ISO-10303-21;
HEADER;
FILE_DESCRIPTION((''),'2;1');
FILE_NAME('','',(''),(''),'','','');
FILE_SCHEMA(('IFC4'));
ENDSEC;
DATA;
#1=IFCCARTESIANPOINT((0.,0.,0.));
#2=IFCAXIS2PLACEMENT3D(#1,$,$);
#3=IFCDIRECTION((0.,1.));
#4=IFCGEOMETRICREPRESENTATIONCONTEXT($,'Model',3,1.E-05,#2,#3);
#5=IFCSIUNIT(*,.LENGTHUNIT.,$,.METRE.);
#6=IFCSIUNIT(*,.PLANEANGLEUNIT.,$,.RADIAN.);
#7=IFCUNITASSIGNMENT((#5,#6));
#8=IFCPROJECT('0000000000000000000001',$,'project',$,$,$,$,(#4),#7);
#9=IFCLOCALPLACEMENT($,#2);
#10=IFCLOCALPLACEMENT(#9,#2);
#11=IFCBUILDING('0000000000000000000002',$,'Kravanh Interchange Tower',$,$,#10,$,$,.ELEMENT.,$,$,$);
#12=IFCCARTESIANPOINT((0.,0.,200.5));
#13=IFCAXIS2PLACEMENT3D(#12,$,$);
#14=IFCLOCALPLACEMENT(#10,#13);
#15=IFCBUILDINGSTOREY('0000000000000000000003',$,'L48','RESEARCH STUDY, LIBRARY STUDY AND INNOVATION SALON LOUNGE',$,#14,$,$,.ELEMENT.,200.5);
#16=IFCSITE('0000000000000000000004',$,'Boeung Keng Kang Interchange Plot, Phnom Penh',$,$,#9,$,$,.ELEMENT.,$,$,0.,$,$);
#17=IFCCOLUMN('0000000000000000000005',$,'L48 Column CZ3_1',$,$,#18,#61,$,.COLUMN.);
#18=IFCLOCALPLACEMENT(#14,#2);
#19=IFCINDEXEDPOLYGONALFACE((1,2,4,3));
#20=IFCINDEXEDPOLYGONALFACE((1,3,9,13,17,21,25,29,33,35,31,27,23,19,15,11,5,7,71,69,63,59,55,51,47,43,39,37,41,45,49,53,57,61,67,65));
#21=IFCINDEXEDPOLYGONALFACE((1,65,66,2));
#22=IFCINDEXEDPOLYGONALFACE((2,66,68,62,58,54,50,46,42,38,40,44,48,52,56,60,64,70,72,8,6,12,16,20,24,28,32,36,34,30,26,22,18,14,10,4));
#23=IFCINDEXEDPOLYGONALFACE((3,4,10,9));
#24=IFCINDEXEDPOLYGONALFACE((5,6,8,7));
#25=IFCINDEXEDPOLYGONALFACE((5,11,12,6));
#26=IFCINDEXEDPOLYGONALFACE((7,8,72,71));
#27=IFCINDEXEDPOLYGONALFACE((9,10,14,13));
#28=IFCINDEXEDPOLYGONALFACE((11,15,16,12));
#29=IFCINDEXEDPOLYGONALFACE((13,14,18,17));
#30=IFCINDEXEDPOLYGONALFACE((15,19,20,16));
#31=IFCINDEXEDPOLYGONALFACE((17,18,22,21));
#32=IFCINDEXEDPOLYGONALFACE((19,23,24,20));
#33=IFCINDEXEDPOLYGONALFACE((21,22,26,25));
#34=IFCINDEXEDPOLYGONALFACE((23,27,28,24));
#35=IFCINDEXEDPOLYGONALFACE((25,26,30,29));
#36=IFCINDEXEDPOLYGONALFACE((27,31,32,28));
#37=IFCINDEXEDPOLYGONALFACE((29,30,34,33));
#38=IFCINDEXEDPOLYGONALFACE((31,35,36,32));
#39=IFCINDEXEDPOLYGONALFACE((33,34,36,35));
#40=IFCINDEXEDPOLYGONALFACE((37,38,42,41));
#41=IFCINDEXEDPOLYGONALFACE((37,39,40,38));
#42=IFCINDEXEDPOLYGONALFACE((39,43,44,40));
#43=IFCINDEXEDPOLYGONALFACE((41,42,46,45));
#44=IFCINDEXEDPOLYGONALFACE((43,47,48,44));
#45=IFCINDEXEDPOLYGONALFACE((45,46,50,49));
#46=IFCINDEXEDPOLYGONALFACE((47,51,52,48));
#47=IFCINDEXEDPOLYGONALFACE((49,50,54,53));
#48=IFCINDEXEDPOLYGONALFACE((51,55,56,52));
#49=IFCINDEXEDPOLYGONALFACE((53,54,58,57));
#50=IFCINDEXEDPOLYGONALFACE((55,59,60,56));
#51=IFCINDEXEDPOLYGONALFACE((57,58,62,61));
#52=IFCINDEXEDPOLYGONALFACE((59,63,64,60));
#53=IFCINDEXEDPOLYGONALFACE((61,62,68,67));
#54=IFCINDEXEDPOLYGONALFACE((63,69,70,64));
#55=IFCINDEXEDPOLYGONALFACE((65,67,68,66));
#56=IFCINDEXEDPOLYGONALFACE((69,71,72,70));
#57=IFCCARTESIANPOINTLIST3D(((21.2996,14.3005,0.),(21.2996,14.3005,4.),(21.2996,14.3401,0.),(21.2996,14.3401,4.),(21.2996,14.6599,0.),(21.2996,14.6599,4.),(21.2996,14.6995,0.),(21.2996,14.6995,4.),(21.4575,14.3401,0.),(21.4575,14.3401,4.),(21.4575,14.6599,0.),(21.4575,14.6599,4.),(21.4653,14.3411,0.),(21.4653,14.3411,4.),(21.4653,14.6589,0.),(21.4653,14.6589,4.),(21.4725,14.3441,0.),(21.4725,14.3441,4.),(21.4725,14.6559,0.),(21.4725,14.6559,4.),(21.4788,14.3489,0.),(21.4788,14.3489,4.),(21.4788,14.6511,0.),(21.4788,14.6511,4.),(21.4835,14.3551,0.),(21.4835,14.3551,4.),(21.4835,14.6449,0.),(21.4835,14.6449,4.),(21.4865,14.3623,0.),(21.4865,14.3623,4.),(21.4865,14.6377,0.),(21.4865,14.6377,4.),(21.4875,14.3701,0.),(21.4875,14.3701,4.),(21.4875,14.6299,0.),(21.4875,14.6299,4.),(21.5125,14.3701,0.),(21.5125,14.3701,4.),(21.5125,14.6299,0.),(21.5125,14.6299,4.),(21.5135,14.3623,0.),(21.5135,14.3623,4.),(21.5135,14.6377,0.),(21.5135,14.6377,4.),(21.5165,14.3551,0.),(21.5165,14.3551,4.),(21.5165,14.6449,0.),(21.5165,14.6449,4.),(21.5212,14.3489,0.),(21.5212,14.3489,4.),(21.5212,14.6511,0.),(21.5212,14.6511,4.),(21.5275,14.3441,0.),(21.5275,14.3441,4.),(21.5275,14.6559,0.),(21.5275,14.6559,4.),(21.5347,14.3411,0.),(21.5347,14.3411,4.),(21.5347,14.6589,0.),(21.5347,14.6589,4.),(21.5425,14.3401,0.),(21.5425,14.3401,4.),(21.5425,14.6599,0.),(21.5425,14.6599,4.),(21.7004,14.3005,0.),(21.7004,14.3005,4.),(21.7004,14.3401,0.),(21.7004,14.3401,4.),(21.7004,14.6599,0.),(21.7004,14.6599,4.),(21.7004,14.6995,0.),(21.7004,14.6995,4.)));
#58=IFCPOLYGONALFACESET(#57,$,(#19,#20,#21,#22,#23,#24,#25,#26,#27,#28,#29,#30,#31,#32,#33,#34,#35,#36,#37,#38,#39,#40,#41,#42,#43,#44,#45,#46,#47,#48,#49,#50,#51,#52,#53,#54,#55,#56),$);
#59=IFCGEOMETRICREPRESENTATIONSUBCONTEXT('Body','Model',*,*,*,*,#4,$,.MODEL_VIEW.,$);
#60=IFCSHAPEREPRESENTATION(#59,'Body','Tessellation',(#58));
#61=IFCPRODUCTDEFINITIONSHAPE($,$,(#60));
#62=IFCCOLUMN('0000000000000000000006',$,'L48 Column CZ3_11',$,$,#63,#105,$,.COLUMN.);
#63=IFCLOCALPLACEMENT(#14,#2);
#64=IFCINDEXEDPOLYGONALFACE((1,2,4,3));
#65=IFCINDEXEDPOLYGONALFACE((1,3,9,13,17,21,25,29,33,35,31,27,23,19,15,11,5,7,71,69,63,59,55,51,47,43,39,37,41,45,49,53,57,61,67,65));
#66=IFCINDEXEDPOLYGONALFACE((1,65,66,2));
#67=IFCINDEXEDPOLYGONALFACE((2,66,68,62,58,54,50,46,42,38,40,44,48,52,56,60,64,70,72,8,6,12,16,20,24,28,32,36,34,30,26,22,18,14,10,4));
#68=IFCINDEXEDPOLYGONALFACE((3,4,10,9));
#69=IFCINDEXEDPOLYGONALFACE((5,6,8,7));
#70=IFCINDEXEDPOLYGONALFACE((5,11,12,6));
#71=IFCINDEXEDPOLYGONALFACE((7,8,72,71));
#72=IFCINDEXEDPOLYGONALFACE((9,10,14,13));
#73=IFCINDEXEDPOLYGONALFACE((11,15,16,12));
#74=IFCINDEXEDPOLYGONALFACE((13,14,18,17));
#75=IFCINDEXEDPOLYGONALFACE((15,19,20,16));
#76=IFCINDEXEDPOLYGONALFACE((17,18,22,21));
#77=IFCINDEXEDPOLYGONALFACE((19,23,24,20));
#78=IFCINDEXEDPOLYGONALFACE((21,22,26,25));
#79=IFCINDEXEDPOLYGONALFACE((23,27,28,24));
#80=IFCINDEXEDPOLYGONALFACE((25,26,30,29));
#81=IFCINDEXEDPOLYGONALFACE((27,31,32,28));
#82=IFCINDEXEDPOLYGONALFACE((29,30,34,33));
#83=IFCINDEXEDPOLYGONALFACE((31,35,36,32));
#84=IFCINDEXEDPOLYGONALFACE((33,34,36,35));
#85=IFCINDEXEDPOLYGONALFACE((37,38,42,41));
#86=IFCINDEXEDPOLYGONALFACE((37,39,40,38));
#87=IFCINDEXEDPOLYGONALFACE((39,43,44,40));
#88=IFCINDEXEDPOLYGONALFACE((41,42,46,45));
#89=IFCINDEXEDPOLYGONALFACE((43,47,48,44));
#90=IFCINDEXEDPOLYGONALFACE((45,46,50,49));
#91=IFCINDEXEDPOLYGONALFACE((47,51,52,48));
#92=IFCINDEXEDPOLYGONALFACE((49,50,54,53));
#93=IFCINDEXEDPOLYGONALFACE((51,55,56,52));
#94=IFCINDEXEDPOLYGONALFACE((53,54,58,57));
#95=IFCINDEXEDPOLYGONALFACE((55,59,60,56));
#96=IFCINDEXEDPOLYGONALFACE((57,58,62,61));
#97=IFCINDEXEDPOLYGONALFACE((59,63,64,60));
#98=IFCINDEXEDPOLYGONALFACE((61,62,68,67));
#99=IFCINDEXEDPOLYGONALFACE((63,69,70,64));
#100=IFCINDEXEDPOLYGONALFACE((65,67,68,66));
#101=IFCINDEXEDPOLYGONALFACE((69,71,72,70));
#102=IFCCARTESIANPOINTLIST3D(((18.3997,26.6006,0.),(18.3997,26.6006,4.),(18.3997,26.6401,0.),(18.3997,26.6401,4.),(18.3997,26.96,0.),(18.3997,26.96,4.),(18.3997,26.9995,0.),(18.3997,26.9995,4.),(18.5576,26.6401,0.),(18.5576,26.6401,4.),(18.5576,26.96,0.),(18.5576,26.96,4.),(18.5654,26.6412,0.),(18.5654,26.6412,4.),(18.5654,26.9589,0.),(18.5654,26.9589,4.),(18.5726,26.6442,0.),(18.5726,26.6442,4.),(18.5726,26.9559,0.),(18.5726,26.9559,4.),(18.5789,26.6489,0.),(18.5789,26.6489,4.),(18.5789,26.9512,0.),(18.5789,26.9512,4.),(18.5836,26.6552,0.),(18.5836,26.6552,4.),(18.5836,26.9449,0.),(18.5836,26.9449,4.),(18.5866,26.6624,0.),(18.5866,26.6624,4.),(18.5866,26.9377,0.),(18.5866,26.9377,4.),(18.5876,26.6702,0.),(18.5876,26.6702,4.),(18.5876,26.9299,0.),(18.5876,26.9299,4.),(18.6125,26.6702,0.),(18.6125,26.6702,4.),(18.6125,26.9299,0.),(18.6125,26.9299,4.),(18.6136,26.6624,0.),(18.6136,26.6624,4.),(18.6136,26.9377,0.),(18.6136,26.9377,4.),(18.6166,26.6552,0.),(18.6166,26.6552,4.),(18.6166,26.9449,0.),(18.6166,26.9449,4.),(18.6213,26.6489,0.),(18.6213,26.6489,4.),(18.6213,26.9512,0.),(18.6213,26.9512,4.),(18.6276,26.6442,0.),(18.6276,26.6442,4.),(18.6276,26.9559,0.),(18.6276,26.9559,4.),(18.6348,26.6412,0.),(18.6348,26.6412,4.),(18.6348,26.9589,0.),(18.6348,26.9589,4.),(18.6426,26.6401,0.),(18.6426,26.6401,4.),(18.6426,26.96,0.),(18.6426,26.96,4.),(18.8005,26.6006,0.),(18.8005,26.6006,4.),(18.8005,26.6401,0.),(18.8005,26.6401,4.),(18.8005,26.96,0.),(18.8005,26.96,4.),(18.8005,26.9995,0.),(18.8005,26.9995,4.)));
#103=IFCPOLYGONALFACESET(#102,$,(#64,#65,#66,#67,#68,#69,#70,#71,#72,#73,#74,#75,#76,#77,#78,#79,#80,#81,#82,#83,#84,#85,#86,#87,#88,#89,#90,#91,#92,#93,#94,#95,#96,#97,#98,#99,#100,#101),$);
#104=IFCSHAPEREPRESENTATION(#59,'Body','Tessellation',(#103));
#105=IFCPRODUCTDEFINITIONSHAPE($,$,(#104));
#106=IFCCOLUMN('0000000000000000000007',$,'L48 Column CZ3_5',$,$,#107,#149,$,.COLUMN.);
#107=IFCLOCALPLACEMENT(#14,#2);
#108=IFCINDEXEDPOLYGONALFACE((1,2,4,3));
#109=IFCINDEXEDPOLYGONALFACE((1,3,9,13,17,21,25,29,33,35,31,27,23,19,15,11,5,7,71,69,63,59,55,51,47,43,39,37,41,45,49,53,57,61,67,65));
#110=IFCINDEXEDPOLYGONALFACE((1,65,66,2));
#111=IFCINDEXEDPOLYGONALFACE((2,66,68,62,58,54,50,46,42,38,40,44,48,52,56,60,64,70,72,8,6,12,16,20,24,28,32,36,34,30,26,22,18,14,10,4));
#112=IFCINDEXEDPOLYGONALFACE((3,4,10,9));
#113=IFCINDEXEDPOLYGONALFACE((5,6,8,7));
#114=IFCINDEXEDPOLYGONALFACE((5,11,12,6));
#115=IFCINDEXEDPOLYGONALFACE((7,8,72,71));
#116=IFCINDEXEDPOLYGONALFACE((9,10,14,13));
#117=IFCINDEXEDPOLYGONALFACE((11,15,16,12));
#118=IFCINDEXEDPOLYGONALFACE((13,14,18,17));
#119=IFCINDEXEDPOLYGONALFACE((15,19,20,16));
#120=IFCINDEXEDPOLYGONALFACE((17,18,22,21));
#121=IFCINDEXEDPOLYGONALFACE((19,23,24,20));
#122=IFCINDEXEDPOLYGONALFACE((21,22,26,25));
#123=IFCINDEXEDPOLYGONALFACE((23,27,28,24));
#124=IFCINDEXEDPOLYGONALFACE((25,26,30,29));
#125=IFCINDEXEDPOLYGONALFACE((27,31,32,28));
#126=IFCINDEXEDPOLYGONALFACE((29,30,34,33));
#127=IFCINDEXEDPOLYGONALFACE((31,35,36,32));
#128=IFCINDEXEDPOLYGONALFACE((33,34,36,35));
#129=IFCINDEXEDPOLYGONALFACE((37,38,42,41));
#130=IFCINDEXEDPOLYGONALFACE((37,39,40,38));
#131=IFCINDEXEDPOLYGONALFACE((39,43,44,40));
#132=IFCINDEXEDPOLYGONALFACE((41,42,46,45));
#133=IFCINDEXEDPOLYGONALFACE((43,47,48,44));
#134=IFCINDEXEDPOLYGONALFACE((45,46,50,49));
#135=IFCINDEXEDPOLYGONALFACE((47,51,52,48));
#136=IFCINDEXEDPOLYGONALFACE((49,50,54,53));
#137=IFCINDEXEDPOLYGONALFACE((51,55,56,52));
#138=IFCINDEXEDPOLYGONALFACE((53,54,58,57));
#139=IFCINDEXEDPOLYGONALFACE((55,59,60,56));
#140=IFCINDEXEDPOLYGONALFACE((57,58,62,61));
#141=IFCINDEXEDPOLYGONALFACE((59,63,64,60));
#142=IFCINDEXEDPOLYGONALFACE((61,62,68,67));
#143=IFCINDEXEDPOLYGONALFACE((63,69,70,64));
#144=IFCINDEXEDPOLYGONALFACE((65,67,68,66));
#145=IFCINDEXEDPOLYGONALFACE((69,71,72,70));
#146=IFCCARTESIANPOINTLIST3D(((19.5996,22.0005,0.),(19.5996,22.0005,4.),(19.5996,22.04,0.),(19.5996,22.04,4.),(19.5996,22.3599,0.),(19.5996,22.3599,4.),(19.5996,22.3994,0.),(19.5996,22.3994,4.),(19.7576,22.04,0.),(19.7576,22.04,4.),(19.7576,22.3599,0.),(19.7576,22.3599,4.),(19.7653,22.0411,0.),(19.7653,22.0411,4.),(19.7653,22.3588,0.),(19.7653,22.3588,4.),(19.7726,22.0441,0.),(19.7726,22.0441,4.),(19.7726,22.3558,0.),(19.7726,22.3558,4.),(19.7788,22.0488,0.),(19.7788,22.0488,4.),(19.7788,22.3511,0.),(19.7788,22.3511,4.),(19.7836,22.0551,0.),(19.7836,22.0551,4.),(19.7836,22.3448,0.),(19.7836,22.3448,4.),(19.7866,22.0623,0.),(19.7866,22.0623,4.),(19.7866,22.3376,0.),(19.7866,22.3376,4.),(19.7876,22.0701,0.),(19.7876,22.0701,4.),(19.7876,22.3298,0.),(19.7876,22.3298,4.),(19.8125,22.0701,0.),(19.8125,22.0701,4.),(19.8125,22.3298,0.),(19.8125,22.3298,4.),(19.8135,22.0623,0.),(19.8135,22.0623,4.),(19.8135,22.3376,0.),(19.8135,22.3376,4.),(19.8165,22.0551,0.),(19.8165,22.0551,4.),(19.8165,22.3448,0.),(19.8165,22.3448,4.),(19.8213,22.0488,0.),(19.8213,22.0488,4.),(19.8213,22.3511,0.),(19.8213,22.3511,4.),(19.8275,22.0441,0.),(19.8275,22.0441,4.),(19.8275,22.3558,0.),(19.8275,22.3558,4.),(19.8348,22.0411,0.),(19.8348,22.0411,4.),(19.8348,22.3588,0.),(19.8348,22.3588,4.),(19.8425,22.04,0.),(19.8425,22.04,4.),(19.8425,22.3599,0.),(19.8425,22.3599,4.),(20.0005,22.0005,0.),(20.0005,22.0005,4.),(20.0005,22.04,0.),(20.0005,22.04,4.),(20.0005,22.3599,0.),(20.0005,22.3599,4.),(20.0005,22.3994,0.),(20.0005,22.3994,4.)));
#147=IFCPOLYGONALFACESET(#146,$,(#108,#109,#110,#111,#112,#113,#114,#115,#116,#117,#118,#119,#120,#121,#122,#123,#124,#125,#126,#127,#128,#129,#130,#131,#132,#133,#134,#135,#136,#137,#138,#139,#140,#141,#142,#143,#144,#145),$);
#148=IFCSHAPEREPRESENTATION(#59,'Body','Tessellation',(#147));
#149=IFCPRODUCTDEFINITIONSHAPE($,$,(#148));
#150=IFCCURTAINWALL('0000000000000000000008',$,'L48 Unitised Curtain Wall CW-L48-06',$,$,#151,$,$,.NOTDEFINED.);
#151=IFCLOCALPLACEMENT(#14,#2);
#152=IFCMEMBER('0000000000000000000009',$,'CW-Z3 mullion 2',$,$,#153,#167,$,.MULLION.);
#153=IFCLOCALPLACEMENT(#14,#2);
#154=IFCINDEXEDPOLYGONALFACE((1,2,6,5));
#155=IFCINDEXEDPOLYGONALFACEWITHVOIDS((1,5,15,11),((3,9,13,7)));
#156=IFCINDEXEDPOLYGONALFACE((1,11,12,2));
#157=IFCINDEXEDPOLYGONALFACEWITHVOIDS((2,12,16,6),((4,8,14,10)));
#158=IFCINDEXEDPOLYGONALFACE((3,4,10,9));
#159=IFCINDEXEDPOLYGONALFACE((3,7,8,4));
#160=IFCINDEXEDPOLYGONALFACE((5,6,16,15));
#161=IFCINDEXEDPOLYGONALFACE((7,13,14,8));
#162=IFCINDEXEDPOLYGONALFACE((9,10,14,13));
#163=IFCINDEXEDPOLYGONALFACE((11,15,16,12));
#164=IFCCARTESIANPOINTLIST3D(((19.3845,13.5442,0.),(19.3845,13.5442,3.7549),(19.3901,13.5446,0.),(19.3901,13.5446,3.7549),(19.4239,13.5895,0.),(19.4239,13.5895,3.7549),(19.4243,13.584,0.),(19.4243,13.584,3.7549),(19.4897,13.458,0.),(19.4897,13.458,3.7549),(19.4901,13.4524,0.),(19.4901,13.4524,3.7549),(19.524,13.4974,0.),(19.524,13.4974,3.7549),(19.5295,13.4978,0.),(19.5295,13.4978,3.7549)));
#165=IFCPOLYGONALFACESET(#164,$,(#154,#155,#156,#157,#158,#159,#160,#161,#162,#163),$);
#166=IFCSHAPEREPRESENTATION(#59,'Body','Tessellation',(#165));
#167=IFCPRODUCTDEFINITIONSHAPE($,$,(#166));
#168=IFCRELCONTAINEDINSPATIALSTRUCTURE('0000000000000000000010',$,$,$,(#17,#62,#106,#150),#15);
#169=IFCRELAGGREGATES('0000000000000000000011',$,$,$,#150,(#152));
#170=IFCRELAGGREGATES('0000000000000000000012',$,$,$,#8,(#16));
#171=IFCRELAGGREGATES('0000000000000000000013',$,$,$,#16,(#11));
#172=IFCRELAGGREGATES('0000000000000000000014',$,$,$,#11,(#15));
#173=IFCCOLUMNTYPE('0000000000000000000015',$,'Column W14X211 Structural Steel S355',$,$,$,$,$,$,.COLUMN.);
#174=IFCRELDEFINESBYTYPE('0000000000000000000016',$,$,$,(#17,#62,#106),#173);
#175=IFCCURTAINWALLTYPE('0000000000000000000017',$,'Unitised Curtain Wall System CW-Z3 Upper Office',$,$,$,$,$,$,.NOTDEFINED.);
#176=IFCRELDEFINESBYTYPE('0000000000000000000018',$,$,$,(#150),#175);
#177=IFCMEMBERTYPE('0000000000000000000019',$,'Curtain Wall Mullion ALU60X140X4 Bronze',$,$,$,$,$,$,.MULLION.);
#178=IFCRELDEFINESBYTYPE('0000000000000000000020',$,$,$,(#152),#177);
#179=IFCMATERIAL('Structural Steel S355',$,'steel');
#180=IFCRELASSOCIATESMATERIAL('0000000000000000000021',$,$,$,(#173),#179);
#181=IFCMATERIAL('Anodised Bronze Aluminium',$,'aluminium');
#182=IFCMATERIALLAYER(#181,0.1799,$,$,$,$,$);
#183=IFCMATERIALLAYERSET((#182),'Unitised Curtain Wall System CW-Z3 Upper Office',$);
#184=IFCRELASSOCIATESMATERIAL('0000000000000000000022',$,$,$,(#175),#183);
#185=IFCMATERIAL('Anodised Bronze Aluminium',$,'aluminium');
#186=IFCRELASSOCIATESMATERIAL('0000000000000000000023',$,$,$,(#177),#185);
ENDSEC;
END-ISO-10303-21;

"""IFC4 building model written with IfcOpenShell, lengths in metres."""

from ifc_helpers import new_model, si_unit, direction, frame, origin, origin_2d, place, context, subcontext, project, spatial, hollow_rectangle, i_section, extrude, material, layer, layer_set, material_profile, profile_set, type_object, element, aggregate, save


model = new_model("IFC4")

# Units and contexts
model_context = context("Model", 3, precision=1e-05, world=origin(), true_north=direction((0.0, 1.0)))
body_context = subcontext(model_context, "Body", "Model", "MODEL_VIEW")
ifc_project = project(units=[si_unit("LENGTHUNIT", "METRE"), si_unit("PLANEANGLEUNIT", "RADIAN")], contexts=[model_context])

# Site, building, storey
site_placement = place(None, origin())
site = spatial("IfcSite", under=ifc_project, at=site_placement, Name="Boeung Keng Kang Interchange Plot, Phnom Penh", CompositionType="ELEMENT", RefElevation=0.0)
building_placement = place(site_placement, origin())
building = spatial("IfcBuilding", under=site, at=building_placement, Name="Kravanh Interchange Tower", CompositionType="ELEMENT")
storey_placement = place(building_placement, frame((0.0, 0.0, 200.5)))
storey = spatial("IfcBuildingStorey", under=building, at=storey_placement, Name="L48", Description="RESEARCH STUDY, LIBRARY STUDY AND INNOVATION SALON LOUNGE", CompositionType="ELEMENT", Elevation=200.5)

# Columns
ifc_material_1 = material(Name="Structural Steel S355", Category="steel")
ifc_material_profile_1 = material_profile(ifc_material_1, i_section(OverallWidth=0.4009, OverallDepth=0.3989, WebThickness=0.0249, FlangeThickness=0.0396, FilletRadius=0.03, at=origin_2d()), Name="W14X211")
ifc_profile_set_1 = profile_set([ifc_material_profile_1], Name="Structural Steel S355")
column_type = type_object("IfcColumnType", Name="Column W14X211 Structural Steel S355", PredefinedType="COLUMN", material=ifc_profile_set_1)
for number, where, z_axis, x_axis, name in (
    (1, (21.5, 14.5, 0.0), (0.0, 0.0, 1.0), (1.0, 0.0, 0.0), "L48 Column CZ3_1"),
    (2, (18.6001, 26.8, 0.0), (0.0, 0.0, 1.0), (1.0, 0.0, 0.0), "L48 Column CZ3_11"),
    (3, (19.8, 22.2, 0.0), (0.0, 0.0, 1.0), (1.0, 0.0, 0.0), "L48 Column CZ3_5"),
):
    element("IfcColumn", number, at=place(storey_placement, frame(where, z_axis=z_axis, x_axis=x_axis)), inside=storey, type_object=column_type, Name=name, PredefinedType="COLUMN", context=body_context, shape_type="SweptSolid", body=[
        extrude(i_section(OverallWidth=0.4009, OverallDepth=0.3989, WebThickness=0.0249, FlangeThickness=0.0396, FilletRadius=0.03, at=origin_2d()), origin(), (0.0, 0.0, 1.0), 4.0),
    ])

# Curtain wall, member
ifc_material_2 = material(Name="Anodised Bronze Aluminium", Category="aluminium")
ifc_layer_1 = layer(ifc_material_2, 0.1799)
ifc_layer_set_1 = layer_set([ifc_layer_1], Name="Unitised Curtain Wall System CW-Z3 Upper Office")
curtain_wall_type = type_object("IfcCurtainWallType", Name="Unitised Curtain Wall System CW-Z3 Upper Office", PredefinedType="NOTDEFINED", material=ifc_layer_set_1)
curtain_wall_placement = place(storey_placement, origin())
curtain_wall = element("IfcCurtainWall", 4, at=curtain_wall_placement, inside=storey, type_object=curtain_wall_type, Name="L48 Unitised Curtain Wall CW-L48-06", PredefinedType="NOTDEFINED")
ifc_material_3 = material(Name="Anodised Bronze Aluminium", Category="aluminium")
ifc_material_profile_2 = material_profile(ifc_material_3, hollow_rectangle(XDim=0.0601, YDim=0.1399, WallThickness=0.0039, at=origin_2d()), Name="ALU60X140X4")
ifc_profile_set_2 = profile_set([ifc_material_profile_2], Name="Anodised Bronze Aluminium")
member_type = type_object("IfcMemberType", Name="Curtain Wall Mullion ALU60X140X4 Bronze", PredefinedType="MULLION", material=ifc_profile_set_2)
member_placement = place(storey_placement, frame((19.457, 13.521, 0.0), z_axis=(0.0, 0.0, 1.0), x_axis=(-0.656051, -0.754717, 0.0)))
member = element("IfcMember", 5, at=member_placement, type_object=member_type, Name="CW-Z3 mullion 2", PredefinedType="MULLION", context=body_context, shape_type="SweptSolid", body=[
    extrude(hollow_rectangle(XDim=0.0601, YDim=0.1399, WallThickness=0.0039, at=origin_2d()), origin(), (0.0, 0.0, 1.0), 3.7549),
])
aggregate(curtain_wall, [member])

save(model, "model.ifc")
